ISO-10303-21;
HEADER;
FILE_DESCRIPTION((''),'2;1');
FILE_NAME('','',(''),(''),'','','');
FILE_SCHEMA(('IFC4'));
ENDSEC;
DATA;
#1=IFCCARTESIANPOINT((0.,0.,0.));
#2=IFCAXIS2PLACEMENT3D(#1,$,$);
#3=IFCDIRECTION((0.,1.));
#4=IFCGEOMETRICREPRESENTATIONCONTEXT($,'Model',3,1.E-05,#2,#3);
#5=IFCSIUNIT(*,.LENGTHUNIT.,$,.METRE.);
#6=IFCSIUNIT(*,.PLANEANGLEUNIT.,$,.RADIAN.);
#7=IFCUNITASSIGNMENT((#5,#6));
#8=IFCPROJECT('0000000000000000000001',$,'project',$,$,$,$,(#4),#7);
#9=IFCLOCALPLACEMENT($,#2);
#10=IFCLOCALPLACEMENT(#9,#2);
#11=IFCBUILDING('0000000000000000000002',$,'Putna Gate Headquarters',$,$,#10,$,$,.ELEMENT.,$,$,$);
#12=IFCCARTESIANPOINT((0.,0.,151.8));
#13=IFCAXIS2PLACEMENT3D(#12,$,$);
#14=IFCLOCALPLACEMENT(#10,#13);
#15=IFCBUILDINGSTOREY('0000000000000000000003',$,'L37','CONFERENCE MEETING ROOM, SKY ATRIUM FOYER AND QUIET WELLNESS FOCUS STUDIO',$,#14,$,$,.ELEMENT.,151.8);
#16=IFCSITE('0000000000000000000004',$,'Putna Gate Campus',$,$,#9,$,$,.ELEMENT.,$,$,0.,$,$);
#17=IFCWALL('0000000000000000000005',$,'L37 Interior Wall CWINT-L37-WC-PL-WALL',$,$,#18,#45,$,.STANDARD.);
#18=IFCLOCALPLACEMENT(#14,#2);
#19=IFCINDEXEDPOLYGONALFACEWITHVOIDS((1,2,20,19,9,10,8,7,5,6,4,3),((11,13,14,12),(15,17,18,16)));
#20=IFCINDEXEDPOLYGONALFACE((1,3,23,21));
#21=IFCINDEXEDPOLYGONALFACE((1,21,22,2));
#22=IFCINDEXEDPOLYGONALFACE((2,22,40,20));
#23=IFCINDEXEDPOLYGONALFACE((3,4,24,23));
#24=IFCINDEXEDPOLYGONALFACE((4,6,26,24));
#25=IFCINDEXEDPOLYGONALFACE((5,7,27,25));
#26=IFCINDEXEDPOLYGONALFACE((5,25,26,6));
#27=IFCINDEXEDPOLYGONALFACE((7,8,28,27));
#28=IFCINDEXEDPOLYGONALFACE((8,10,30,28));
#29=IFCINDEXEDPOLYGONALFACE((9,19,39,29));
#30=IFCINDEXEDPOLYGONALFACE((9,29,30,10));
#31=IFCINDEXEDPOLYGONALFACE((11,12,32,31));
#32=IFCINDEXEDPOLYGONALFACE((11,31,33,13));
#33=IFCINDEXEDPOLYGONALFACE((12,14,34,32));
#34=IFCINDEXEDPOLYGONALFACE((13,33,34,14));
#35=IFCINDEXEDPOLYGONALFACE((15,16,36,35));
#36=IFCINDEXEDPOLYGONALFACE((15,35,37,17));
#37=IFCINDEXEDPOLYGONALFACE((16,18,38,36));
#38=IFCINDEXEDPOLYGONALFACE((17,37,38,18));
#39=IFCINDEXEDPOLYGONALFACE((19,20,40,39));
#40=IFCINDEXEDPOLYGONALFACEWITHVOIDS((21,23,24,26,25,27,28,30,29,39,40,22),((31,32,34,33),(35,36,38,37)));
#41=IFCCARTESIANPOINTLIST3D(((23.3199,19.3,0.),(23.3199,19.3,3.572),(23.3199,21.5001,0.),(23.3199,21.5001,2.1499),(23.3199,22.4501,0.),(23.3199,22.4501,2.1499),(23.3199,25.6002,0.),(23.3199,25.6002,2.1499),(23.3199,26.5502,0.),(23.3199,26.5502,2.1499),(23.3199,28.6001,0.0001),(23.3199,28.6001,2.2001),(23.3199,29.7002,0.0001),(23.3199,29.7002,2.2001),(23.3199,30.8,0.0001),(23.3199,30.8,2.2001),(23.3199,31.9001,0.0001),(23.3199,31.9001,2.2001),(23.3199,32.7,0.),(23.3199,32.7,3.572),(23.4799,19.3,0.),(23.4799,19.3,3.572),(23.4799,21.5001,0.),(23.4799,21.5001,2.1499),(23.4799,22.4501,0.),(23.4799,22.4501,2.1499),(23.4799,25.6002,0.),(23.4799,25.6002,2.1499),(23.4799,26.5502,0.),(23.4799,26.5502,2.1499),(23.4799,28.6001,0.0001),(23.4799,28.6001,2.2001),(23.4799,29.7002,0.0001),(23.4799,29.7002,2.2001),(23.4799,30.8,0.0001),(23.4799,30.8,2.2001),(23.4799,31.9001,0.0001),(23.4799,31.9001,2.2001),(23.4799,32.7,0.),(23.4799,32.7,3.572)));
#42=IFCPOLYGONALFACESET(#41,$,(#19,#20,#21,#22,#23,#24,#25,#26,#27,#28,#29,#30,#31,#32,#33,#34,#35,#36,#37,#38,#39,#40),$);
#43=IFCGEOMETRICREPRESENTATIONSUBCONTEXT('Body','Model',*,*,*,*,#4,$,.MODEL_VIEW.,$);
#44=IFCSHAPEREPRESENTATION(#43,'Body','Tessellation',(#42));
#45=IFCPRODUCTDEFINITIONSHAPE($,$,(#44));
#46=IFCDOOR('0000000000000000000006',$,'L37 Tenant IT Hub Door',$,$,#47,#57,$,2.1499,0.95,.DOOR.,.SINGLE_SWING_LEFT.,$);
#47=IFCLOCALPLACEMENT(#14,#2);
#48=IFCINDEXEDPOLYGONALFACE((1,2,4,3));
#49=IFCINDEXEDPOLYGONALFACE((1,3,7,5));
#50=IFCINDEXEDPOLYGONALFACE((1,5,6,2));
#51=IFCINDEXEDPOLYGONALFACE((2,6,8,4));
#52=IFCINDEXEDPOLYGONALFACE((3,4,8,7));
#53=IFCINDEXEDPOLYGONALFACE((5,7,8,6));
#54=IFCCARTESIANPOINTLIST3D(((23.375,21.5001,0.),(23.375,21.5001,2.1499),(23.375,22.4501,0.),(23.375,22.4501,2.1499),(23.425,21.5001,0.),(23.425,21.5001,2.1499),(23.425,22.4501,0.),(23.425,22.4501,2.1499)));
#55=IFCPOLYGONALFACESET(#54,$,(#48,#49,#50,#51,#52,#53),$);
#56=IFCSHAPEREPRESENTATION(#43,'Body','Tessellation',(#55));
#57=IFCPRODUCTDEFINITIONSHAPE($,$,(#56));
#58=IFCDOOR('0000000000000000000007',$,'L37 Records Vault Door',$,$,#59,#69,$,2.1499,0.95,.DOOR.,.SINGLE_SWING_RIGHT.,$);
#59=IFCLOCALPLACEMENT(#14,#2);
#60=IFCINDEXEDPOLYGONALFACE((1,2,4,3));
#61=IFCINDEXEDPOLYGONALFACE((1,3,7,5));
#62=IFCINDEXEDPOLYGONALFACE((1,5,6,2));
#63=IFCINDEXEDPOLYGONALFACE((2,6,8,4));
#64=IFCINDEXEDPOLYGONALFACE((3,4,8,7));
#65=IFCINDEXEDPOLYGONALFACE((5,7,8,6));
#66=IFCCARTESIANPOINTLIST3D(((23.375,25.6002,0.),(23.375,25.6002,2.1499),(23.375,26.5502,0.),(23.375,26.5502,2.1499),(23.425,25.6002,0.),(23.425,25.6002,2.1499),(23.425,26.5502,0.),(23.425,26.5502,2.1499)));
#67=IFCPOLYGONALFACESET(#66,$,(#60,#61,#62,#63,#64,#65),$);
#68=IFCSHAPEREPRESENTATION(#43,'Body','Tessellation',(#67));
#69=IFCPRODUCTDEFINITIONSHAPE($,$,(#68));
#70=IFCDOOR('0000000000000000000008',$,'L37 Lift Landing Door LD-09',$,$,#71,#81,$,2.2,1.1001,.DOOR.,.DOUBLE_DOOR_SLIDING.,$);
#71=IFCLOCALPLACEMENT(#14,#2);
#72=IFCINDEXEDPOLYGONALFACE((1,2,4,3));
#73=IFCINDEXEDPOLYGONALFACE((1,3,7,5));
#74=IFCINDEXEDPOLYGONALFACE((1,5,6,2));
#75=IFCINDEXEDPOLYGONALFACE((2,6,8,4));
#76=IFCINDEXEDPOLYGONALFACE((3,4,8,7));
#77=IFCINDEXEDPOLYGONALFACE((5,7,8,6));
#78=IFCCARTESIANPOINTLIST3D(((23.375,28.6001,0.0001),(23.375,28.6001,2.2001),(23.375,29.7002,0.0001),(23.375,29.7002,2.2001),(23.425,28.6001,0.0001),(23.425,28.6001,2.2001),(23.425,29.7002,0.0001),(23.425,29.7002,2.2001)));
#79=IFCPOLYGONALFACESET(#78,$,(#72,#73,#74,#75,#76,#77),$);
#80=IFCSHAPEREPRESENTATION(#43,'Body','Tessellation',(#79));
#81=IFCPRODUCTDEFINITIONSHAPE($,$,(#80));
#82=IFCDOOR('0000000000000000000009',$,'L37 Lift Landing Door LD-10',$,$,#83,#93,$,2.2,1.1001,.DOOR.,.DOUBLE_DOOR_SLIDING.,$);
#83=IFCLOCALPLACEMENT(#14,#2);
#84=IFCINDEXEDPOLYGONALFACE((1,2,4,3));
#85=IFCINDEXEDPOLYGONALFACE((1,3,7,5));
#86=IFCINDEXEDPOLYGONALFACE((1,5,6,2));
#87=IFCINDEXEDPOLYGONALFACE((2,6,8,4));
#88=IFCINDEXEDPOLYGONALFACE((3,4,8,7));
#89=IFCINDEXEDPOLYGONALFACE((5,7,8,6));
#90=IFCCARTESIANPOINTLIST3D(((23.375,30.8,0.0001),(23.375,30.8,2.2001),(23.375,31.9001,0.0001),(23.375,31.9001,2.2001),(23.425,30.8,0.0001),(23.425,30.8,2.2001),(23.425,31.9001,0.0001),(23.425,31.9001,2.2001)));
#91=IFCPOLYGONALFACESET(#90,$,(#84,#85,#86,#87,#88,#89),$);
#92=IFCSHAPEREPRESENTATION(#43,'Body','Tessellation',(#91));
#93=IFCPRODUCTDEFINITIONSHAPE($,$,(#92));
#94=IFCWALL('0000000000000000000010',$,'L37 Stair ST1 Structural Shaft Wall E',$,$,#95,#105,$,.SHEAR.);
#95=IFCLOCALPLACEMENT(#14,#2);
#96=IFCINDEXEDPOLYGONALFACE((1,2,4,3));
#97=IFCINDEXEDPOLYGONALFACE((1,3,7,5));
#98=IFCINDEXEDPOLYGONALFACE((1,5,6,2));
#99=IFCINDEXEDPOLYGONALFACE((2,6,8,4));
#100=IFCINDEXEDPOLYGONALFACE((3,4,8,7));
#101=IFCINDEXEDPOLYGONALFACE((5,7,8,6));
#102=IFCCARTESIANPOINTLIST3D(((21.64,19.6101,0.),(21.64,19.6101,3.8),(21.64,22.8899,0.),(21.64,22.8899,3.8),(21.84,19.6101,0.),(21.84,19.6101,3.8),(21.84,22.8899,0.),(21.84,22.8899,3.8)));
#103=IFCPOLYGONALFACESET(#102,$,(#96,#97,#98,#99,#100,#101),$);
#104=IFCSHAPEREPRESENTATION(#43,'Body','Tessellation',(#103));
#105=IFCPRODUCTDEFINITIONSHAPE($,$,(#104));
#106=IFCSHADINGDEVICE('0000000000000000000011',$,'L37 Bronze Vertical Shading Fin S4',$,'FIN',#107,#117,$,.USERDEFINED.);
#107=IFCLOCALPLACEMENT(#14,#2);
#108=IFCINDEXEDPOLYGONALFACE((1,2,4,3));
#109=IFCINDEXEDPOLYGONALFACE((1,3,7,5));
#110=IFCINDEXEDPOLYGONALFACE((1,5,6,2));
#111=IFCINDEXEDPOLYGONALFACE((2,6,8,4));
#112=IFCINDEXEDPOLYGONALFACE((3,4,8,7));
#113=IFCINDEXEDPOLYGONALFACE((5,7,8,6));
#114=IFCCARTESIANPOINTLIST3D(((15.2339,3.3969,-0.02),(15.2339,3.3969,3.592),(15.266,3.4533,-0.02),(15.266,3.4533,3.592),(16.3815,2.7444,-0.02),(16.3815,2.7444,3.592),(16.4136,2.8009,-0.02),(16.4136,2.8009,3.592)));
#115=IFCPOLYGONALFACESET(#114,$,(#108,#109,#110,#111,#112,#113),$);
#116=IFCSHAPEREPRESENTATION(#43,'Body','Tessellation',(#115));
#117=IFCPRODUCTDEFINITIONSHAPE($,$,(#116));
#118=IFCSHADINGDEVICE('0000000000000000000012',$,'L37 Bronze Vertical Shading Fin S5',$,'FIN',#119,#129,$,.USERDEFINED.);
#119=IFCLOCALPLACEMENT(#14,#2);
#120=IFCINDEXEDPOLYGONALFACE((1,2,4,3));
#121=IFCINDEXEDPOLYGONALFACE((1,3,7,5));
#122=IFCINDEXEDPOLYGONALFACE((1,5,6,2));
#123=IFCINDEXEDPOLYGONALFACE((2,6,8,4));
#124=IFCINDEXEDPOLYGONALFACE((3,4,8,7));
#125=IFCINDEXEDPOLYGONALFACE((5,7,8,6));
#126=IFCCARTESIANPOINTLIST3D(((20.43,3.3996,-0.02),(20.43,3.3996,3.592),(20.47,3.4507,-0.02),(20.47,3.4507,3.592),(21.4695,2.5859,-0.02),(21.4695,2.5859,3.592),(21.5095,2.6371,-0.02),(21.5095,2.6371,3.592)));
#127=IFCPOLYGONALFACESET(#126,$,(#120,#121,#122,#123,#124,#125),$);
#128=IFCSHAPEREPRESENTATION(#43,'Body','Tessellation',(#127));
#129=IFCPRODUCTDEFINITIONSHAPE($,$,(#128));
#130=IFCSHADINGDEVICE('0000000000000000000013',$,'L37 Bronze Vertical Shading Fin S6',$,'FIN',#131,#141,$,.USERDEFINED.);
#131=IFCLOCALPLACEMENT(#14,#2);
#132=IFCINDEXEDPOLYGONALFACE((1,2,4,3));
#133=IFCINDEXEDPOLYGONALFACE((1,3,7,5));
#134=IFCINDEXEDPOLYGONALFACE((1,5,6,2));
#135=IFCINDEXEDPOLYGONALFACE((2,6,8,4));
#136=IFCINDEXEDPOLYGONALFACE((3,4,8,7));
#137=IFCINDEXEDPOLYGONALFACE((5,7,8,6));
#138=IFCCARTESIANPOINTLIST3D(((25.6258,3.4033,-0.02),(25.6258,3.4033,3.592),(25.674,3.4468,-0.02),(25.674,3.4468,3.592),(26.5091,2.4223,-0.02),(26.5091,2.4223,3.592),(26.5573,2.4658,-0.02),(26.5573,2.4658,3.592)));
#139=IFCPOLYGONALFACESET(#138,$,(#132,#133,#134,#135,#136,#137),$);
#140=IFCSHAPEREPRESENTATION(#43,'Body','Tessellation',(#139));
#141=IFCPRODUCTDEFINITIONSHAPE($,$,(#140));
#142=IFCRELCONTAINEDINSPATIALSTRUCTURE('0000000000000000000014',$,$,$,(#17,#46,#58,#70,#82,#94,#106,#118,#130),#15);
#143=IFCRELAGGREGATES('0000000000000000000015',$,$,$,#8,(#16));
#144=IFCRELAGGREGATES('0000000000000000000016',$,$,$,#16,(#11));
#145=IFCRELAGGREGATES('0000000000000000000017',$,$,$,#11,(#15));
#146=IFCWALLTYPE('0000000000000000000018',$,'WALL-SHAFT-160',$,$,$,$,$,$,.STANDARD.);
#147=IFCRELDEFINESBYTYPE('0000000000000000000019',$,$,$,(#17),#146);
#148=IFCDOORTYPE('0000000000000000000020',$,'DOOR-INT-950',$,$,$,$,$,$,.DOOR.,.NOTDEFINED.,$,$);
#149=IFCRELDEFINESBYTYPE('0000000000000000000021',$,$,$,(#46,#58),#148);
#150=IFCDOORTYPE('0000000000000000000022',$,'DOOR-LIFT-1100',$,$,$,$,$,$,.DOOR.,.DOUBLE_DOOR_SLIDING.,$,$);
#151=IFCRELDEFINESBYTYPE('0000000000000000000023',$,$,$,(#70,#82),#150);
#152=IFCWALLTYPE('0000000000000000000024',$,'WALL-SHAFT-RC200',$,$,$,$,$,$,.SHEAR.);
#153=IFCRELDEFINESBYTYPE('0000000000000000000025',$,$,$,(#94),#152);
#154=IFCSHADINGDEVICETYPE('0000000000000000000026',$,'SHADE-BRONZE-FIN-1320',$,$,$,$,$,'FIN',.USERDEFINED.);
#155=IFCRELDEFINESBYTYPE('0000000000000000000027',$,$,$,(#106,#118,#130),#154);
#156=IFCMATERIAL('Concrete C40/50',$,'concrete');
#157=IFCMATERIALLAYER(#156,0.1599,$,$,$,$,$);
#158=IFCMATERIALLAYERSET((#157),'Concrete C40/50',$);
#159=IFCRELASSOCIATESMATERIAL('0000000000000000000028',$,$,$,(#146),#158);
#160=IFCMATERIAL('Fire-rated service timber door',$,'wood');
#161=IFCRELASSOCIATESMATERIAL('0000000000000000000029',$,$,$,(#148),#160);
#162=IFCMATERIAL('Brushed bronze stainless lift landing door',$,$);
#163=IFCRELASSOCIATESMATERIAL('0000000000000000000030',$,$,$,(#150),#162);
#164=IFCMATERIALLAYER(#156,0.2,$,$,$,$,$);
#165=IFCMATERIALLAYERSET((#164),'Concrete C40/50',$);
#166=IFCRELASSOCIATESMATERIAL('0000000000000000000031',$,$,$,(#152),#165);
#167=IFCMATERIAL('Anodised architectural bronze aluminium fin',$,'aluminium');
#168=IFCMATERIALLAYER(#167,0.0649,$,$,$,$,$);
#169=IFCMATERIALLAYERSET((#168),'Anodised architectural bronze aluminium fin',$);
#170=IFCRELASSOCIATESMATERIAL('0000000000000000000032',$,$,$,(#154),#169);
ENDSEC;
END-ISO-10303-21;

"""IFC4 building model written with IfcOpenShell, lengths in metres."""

from ifc_helpers import new_model, si_unit, direction, frame, frame_2d, origin, origin_2d, place, context, subcontext, project, spatial, rectangle, extrude, material, layer, layer_set, type_object, element, fill, save


model = new_model("IFC4")

# Units and contexts
model_context = context("Model", 3, precision=1e-05, world=origin(), true_north=direction((0.0, 1.0)))
body_context = subcontext(model_context, "Body", "Model", "MODEL_VIEW")
ifc_project = project(units=[si_unit("LENGTHUNIT", "METRE"), si_unit("PLANEANGLEUNIT", "RADIAN")], contexts=[model_context])

# Site, building, storey
site_placement = place(None, origin())
site = spatial("IfcSite", under=ifc_project, at=site_placement, Name="Putna Gate Campus", CompositionType="ELEMENT", RefElevation=0.0)
building_placement = place(site_placement, origin())
building = spatial("IfcBuilding", under=site, at=building_placement, Name="Putna Gate Headquarters", CompositionType="ELEMENT")
storey_placement = place(building_placement, frame((0.0, 0.0, 151.8)))
storey = spatial("IfcBuildingStorey", under=building, at=storey_placement, Name="L37", Description="CONFERENCE MEETING ROOM, SKY ATRIUM FOYER AND QUIET WELLNESS FOCUS STUDIO", CompositionType="ELEMENT", Elevation=151.8)

# Wall, openings, doors
ifc_material_1 = material(Name="Concrete C40/50", Category="concrete")
ifc_layer_1 = layer(ifc_material_1, 0.1599)
ifc_layer_set_1 = layer_set([ifc_layer_1], Name="Concrete C40/50")
wall_type_1 = type_object("IfcWallType", Name="WALL-SHAFT-160", PredefinedType="STANDARD", material=ifc_layer_set_1)
wall_1_placement = place(storey_placement, frame((23.3999, 19.3, 0.0), z_axis=(0.0, 0.0, 1.0), x_axis=(0.0, 1.0, 0.0)))
wall_1 = element("IfcWall", 1, at=wall_1_placement, inside=storey, type_object=wall_type_1, Name="L37 Interior Wall CWINT-L37-WC-PL-WALL", PredefinedType="STANDARD", context=body_context, shape_type="SweptSolid", body=[
    extrude(rectangle(XDim=13.3999, YDim=0.1599, at=frame_2d((6.7, 0.0))), origin(), (0.0, 0.0, 1.0), 3.572),
])
opening_1_placement = place(wall_1_placement, frame((2.2, 0.0, 0.0)))
opening_1 = element("IfcOpeningElement", 2, at=opening_1_placement, cuts=wall_1, PredefinedType="OPENING", context=body_context, shape_type="SweptSolid", body=[
    extrude(rectangle(XDim=0.95, YDim=2.1499, at=frame_2d((0.4751, 1.075))), frame((0.0, 0.0898, 0.0), z_axis=(0.0, -1.0, 0.0), x_axis=(1.0, 0.0, 0.0)), (0.0, 0.0, 1.0), 0.1799),
])
opening_2_placement = place(wall_1_placement, frame((6.3, 0.0, 0.0)))
opening_2 = element("IfcOpeningElement", 3, at=opening_2_placement, cuts=wall_1, PredefinedType="OPENING", context=body_context, shape_type="SweptSolid", body=[
    extrude(rectangle(XDim=0.95, YDim=2.1499, at=frame_2d((0.4751, 1.075))), frame((0.0, 0.0898, 0.0), z_axis=(0.0, -1.0, 0.0), x_axis=(1.0, 0.0, 0.0)), (0.0, 0.0, 1.0), 0.1799),
])
opening_3_placement = place(wall_1_placement, frame((9.3, 0.0, 0.0)))
opening_3 = element("IfcOpeningElement", 4, at=opening_3_placement, cuts=wall_1, PredefinedType="OPENING", context=body_context, shape_type="SweptSolid", body=[
    extrude(rectangle(XDim=1.1001, YDim=2.2, at=frame_2d((0.55, 1.1001))), frame((0.0, 0.0898, 0.0), z_axis=(0.0, -1.0, 0.0), x_axis=(1.0, 0.0, 0.0)), (0.0, 0.0, 1.0), 0.1799),
])
opening_4_placement = place(wall_1_placement, frame((11.5, 0.0, 0.0)))
opening_4 = element("IfcOpeningElement", 5, at=opening_4_placement, cuts=wall_1, PredefinedType="OPENING", context=body_context, shape_type="SweptSolid", body=[
    extrude(rectangle(XDim=1.1001, YDim=2.2, at=frame_2d((0.55, 1.1001))), frame((0.0, 0.0898, 0.0), z_axis=(0.0, -1.0, 0.0), x_axis=(1.0, 0.0, 0.0)), (0.0, 0.0, 1.0), 0.1799),
])
ifc_material_2 = material(Name="Fire-rated service timber door", Category="wood")
door_type_1 = type_object("IfcDoorType", Name="DOOR-INT-950", OperationType="NOTDEFINED", PredefinedType="DOOR", material=ifc_material_2)
door_1_placement = place(opening_1_placement, origin())
door_1 = element("IfcDoor", 6, at=door_1_placement, inside=storey, type_object=door_type_1, Name="L37 Tenant IT Hub Door", OperationType="SINGLE_SWING_LEFT", OverallHeight=2.1499, OverallWidth=0.95, PredefinedType="DOOR", context=body_context, shape_type="SweptSolid", body=[
    extrude(rectangle(XDim=0.95, YDim=2.1499, at=frame_2d((0.4751, 1.075))), frame((0.0, 0.0249, 0.0), z_axis=(0.0, -1.0, 0.0), x_axis=(1.0, 0.0, 0.0)), (0.0, 0.0, 1.0), 0.05),
])
fill(opening_1, door_1)
door_2_placement = place(opening_2_placement, origin())
door_2 = element("IfcDoor", 7, at=door_2_placement, inside=storey, type_object=door_type_1, Name="L37 Records Vault Door", OperationType="SINGLE_SWING_RIGHT", OverallHeight=2.1499, OverallWidth=0.95, PredefinedType="DOOR", context=body_context, shape_type="SweptSolid", body=[
    extrude(rectangle(XDim=0.95, YDim=2.1499, at=frame_2d((0.4751, 1.075))), frame((0.0, 0.0249, 0.0), z_axis=(0.0, -1.0, 0.0), x_axis=(1.0, 0.0, 0.0)), (0.0, 0.0, 1.0), 0.05),
])
fill(opening_2, door_2)
ifc_material_3 = material(Name="Brushed bronze stainless lift landing door")
door_type_2 = type_object("IfcDoorType", Name="DOOR-LIFT-1100", OperationType="DOUBLE_DOOR_SLIDING", PredefinedType="DOOR", material=ifc_material_3)
door_3_placement = place(opening_3_placement, origin())
door_3 = element("IfcDoor", 8, at=door_3_placement, inside=storey, type_object=door_type_2, Name="L37 Lift Landing Door LD-09", OperationType="DOUBLE_DOOR_SLIDING", OverallHeight=2.2, OverallWidth=1.1001, PredefinedType="DOOR", context=body_context, shape_type="SweptSolid", body=[
    extrude(rectangle(XDim=1.1001, YDim=2.2, at=frame_2d((0.55, 1.1001))), frame((0.0, 0.0249, 0.0), z_axis=(0.0, -1.0, 0.0), x_axis=(1.0, 0.0, 0.0)), (0.0, 0.0, 1.0), 0.05),
])
fill(opening_3, door_3)
door_4_placement = place(opening_4_placement, origin())
door_4 = element("IfcDoor", 9, at=door_4_placement, inside=storey, type_object=door_type_2, Name="L37 Lift Landing Door LD-10", OperationType="DOUBLE_DOOR_SLIDING", OverallHeight=2.2, OverallWidth=1.1001, PredefinedType="DOOR", context=body_context, shape_type="SweptSolid", body=[
    extrude(rectangle(XDim=1.1001, YDim=2.2, at=frame_2d((0.55, 1.1001))), frame((0.0, 0.0249, 0.0), z_axis=(0.0, -1.0, 0.0), x_axis=(1.0, 0.0, 0.0)), (0.0, 0.0, 1.0), 0.05),
])
fill(opening_4, door_4)

# Wall
ifc_layer_2 = layer(ifc_material_1, 0.2)
ifc_layer_set_2 = layer_set([ifc_layer_2], Name="Concrete C40/50")
wall_type_2 = type_object("IfcWallType", Name="WALL-SHAFT-RC200", PredefinedType="SHEAR", material=ifc_layer_set_2)
wall_2_placement = place(storey_placement, frame((21.74, 19.6101, 0.0), z_axis=(0.0, 0.0, 1.0), x_axis=(0.0, 1.0, 0.0)))
element("IfcWall", 10, at=wall_2_placement, inside=storey, type_object=wall_type_2, Name="L37 Stair ST1 Structural Shaft Wall E", PredefinedType="SHEAR", context=body_context, shape_type="SweptSolid", body=[
    extrude(rectangle(XDim=3.2798, YDim=0.2, at=frame_2d((1.6399, 0.0))), origin(), (0.0, 0.0, 1.0), 3.8),
])

# Shading devices
ifc_material_4 = material(Name="Anodised architectural bronze aluminium fin", Category="aluminium")
ifc_layer_3 = layer(ifc_material_4, 0.0649)
ifc_layer_set_3 = layer_set([ifc_layer_3], Name="Anodised architectural bronze aluminium fin")
shading_device_type = type_object("IfcShadingDeviceType", Name="SHADE-BRONZE-FIN-1320", ElementType="FIN", PredefinedType="USERDEFINED", material=ifc_layer_set_3)
for number, where, z_axis, x_axis, name in (
    (11, (15.8237, 3.0989, -0.02), (0.0, 0.0, 1.0), (0.869322, -0.494245, 0.0), "L37 Bronze Vertical Shading Fin S4"),
    (12, (20.9697, 3.0183, -0.02), (0.0, 0.0, 1.0), (0.787473, -0.616349, 0.0), "L37 Bronze Vertical Shading Fin S5"),
    (13, (26.0916, 2.9346, -0.02), (0.0, 0.0, 1.0), (0.669131, -0.743145, 0.0), "L37 Bronze Vertical Shading Fin S6"),
):
    element("IfcShadingDevice", number, at=place(storey_placement, frame(where, z_axis=z_axis, x_axis=x_axis)), inside=storey, type_object=shading_device_type, Name=name, ObjectType="FIN", PredefinedType="USERDEFINED", context=body_context, shape_type="SweptSolid", body=[
        extrude(rectangle(XDim=1.3201, YDim=0.0649, at=origin_2d()), origin(), (0.0, 0.0, 1.0), 3.6121),
    ])

save(model, "model.ifc")
